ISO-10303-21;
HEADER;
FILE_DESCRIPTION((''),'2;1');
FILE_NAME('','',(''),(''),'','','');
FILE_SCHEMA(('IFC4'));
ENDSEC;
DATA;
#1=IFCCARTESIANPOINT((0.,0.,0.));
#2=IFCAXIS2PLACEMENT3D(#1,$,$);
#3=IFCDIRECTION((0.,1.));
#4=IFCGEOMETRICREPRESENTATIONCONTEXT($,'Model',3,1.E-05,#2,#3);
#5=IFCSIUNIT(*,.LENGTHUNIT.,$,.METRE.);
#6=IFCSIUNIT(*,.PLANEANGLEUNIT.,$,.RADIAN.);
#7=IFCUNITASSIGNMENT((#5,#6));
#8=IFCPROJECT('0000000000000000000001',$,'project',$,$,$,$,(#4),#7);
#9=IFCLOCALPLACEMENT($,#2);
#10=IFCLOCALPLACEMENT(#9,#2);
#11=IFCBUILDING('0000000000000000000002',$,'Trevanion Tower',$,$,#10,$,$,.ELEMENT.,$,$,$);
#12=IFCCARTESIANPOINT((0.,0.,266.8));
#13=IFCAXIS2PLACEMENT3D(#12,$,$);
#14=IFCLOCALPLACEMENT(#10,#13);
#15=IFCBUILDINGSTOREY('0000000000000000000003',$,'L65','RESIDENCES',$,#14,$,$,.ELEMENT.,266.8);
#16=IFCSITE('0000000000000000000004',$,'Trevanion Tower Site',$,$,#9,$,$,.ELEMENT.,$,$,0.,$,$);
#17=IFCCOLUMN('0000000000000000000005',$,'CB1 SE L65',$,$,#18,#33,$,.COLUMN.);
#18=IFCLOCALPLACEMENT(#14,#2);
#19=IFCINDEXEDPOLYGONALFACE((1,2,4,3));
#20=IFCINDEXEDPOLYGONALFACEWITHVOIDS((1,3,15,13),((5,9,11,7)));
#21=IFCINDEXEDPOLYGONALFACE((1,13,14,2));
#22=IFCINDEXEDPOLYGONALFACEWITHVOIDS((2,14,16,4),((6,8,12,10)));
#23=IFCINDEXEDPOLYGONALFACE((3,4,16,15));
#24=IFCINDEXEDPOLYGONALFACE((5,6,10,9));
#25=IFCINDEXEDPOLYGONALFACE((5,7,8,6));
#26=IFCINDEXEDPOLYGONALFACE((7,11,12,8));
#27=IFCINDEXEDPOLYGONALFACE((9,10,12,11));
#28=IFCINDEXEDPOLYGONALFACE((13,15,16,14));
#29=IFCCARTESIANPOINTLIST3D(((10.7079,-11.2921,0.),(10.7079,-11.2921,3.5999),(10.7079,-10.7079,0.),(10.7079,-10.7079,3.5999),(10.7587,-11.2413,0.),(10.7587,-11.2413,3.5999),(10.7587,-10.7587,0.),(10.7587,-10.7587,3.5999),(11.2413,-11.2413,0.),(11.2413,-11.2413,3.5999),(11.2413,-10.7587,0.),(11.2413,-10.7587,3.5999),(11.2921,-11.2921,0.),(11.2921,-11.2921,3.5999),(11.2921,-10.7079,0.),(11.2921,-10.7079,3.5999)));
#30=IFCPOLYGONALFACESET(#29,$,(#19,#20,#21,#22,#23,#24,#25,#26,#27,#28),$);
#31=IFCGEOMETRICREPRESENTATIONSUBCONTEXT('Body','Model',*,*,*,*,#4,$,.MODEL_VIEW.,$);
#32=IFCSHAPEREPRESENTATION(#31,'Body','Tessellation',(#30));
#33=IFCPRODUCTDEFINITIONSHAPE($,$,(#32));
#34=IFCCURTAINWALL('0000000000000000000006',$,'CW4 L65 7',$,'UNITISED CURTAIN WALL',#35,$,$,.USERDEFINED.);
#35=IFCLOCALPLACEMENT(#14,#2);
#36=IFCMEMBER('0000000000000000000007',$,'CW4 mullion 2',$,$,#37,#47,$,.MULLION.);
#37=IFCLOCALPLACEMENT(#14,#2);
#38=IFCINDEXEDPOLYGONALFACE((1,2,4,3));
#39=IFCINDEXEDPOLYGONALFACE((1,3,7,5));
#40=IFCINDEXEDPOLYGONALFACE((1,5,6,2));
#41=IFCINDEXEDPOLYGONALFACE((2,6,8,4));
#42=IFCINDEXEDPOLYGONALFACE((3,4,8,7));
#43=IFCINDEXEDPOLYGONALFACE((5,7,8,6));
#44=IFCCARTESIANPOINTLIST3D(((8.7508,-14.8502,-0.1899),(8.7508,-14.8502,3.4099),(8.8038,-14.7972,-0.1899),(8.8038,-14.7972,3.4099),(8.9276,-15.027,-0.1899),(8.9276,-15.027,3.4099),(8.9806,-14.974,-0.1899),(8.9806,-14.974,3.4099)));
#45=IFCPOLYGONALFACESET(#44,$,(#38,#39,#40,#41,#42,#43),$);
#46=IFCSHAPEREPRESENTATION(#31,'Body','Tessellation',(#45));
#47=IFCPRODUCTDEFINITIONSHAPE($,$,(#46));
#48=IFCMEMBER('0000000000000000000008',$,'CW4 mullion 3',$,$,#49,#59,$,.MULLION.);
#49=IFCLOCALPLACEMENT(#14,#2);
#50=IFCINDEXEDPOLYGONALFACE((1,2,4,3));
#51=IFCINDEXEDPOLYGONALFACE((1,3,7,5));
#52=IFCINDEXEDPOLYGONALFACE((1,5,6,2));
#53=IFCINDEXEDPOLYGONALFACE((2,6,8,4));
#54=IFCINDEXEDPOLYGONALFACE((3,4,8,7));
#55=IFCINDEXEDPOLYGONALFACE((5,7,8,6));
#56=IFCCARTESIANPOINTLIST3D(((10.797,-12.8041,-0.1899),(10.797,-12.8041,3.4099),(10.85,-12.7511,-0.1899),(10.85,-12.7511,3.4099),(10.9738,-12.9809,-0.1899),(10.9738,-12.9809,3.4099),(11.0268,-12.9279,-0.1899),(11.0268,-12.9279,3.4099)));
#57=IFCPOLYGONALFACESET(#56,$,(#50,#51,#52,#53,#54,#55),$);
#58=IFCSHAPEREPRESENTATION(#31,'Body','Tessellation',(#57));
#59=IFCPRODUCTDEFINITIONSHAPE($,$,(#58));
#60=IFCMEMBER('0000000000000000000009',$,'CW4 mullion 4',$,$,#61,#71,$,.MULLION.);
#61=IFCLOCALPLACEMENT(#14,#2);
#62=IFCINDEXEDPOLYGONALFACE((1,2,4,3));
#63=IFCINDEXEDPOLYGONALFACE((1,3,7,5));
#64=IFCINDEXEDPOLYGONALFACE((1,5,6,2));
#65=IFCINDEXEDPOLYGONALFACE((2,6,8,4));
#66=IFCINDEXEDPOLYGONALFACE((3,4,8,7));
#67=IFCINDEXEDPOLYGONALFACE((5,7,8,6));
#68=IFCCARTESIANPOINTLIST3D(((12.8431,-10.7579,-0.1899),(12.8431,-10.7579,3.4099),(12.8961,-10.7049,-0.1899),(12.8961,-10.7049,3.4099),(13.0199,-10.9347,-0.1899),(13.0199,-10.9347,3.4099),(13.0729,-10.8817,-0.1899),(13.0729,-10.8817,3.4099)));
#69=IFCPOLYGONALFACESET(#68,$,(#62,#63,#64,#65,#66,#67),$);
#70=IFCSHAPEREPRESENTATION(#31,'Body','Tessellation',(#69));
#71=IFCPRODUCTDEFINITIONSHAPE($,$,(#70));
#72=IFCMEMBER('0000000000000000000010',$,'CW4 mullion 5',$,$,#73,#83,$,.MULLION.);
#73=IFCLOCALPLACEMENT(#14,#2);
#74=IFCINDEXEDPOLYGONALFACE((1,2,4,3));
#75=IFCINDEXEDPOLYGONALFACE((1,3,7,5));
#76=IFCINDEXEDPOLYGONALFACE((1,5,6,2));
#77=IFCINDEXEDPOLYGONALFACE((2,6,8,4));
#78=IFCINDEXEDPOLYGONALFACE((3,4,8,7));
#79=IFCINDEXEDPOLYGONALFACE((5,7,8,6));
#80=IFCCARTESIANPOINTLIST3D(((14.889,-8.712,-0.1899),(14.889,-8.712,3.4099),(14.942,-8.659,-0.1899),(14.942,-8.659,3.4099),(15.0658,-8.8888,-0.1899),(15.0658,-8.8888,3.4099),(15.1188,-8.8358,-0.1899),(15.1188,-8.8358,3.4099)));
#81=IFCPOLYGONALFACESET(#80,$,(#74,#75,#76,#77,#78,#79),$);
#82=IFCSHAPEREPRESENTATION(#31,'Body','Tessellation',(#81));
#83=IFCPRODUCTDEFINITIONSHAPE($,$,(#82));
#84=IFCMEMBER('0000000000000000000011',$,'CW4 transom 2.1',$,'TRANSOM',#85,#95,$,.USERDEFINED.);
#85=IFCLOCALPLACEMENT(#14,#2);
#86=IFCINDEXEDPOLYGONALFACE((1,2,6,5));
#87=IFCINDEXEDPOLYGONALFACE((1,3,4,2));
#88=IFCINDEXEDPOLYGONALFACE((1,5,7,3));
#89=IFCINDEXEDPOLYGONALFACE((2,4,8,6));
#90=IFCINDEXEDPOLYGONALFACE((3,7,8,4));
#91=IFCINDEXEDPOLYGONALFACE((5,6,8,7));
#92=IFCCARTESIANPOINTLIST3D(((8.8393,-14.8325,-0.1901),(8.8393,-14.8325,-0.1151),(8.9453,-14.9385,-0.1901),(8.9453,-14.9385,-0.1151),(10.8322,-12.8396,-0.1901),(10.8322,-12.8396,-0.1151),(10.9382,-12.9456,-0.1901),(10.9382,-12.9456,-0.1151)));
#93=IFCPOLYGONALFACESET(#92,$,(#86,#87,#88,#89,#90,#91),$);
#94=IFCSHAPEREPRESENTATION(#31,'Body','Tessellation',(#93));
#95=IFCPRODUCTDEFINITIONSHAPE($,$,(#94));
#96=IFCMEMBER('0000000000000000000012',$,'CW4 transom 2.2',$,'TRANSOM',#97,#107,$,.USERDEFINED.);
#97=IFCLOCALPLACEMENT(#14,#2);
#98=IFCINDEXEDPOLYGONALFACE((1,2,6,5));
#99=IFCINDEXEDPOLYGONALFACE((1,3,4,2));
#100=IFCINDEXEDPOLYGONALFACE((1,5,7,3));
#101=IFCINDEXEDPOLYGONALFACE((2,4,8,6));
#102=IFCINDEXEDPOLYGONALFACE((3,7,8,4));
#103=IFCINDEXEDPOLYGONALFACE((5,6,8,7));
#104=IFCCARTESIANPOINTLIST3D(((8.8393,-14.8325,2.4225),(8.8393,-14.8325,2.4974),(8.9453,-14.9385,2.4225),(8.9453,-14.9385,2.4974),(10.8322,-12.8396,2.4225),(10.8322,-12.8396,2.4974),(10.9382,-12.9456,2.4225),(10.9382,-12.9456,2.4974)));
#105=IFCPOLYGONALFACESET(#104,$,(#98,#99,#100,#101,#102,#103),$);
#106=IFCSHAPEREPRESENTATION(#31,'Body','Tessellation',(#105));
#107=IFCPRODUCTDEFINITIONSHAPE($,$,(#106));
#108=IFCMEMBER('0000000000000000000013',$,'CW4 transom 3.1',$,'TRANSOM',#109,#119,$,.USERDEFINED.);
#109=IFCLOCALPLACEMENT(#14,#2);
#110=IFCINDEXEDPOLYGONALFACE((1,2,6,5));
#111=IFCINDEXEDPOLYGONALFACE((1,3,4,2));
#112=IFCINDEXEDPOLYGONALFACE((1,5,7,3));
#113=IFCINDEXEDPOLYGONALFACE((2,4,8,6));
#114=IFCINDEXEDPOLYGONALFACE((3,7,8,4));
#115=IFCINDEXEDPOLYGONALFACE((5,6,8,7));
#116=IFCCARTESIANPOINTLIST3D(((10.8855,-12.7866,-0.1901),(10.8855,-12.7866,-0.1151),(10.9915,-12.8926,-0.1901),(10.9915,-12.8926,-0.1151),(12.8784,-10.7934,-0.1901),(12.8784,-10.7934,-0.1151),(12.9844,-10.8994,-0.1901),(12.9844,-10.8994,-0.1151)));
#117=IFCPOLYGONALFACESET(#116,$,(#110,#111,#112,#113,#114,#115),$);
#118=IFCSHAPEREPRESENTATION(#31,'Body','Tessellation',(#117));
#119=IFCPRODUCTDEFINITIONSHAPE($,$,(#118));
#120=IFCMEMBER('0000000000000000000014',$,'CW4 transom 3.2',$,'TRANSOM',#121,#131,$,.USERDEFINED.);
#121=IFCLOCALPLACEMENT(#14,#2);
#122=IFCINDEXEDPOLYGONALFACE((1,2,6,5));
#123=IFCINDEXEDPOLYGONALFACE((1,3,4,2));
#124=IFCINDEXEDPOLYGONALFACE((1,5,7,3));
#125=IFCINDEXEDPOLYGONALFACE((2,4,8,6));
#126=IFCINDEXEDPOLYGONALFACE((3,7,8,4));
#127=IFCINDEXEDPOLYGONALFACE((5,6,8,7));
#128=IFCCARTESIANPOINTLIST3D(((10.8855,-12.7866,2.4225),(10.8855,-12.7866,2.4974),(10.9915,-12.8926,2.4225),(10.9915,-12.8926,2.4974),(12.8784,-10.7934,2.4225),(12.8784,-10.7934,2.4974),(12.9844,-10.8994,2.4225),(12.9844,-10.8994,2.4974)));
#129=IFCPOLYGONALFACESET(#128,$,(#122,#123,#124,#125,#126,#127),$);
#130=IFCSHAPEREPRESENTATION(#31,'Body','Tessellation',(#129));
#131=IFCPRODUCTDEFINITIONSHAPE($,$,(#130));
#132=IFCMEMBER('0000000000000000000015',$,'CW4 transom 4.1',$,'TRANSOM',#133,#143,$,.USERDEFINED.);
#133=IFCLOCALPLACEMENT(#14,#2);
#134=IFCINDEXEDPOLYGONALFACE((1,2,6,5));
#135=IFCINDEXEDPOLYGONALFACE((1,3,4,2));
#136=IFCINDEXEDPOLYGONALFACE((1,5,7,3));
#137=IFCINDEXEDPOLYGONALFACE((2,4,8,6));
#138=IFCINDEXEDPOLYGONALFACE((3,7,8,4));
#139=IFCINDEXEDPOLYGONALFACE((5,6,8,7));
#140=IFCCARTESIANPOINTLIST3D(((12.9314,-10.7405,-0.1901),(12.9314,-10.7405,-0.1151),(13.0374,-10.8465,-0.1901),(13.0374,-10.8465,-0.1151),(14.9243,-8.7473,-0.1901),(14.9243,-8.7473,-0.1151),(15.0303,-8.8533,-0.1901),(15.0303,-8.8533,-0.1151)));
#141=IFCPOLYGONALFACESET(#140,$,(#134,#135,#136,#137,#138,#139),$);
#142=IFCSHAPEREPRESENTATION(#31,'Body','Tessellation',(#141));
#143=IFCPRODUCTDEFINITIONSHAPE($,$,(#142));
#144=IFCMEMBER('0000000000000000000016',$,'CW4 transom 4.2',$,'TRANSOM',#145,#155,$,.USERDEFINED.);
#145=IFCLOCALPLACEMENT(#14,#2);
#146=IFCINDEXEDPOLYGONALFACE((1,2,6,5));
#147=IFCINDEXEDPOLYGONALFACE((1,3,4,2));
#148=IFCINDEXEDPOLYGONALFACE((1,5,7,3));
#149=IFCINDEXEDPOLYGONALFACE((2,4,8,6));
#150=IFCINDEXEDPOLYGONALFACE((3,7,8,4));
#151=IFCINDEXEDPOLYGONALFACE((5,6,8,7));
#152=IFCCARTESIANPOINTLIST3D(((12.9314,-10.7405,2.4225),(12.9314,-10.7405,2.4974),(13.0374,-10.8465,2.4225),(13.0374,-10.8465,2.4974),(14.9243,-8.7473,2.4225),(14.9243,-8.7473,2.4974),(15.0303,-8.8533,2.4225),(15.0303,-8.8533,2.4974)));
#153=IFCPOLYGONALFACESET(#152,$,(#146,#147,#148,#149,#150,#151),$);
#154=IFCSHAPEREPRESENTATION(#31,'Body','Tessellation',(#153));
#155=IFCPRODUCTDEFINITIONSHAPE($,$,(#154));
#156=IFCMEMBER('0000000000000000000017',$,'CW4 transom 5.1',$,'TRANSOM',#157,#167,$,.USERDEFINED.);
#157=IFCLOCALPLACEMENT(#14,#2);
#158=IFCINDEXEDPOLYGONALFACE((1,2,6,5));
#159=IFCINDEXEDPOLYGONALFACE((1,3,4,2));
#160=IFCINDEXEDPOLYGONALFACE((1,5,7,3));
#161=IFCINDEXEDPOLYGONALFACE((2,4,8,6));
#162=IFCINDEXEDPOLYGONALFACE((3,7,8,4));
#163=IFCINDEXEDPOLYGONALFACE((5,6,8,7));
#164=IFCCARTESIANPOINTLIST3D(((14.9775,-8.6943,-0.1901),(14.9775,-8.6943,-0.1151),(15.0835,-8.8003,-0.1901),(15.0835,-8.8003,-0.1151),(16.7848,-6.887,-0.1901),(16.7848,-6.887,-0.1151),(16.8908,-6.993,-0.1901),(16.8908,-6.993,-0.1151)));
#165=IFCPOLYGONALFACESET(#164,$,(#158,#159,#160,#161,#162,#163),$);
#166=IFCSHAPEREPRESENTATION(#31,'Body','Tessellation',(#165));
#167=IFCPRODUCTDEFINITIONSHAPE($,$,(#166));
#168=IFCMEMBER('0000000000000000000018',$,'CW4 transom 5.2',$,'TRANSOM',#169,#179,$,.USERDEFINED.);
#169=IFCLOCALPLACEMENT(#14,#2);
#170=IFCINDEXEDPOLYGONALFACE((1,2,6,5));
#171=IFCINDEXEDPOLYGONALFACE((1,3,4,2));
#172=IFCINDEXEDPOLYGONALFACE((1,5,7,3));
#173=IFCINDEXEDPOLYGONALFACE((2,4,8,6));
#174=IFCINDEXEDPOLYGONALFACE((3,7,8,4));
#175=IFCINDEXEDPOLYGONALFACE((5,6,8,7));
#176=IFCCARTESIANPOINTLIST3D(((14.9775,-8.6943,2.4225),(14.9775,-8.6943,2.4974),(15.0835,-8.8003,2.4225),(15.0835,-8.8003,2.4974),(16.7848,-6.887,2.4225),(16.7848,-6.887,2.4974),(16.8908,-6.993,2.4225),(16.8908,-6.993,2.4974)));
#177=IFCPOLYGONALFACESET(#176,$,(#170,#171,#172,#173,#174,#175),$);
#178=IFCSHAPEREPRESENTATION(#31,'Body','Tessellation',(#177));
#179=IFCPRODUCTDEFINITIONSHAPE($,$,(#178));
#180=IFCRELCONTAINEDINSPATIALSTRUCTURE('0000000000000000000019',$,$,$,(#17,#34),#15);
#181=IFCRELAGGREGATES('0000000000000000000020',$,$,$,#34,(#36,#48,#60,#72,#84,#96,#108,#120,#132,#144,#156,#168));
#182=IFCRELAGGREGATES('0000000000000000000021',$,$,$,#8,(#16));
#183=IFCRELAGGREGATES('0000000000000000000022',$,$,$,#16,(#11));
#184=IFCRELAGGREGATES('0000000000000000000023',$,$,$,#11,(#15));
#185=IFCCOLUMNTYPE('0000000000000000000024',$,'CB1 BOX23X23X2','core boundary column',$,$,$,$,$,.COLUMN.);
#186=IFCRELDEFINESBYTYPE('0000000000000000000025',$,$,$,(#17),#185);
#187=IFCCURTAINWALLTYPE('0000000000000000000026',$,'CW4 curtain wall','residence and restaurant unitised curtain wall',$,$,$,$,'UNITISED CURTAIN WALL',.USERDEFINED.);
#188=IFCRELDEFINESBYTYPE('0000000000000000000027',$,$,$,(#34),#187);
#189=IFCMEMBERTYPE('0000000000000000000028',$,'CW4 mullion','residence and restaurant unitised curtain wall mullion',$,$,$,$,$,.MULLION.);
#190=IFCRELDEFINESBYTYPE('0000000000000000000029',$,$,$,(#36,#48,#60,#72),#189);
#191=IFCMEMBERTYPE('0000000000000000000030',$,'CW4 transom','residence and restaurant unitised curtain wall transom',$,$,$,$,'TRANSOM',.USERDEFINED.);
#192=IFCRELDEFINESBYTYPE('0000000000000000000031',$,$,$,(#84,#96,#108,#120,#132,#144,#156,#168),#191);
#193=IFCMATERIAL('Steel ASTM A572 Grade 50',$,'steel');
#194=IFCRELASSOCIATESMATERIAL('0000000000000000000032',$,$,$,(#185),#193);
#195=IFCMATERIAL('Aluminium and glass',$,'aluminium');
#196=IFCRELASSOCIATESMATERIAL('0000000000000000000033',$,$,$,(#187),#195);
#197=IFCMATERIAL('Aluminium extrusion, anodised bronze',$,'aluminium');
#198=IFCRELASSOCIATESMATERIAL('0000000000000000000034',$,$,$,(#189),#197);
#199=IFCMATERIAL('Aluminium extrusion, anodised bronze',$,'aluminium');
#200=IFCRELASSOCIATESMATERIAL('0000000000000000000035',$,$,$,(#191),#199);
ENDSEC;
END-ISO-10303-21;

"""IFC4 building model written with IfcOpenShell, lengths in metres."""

from ifc_helpers import new_model, si_unit, direction, frame, origin, origin_2d, place, context, subcontext, project, spatial, rectangle, hollow_rectangle, extrude, material, material_profile, profile_set, type_object, element, aggregate, save


model = new_model("IFC4")

# Units and contexts
model_context = context("Model", 3, precision=1e-05, world=origin(), true_north=direction((0.0, 1.0)))
body_context = subcontext(model_context, "Body", "Model", "MODEL_VIEW")
ifc_project = project(units=[si_unit("LENGTHUNIT", "METRE"), si_unit("PLANEANGLEUNIT", "RADIAN")], contexts=[model_context])

# Site, building, storey
site_placement = place(None, origin())
site = spatial("IfcSite", under=ifc_project, at=site_placement, Name="Trevanion Tower Site", CompositionType="ELEMENT", RefElevation=0.0)
building_placement = place(site_placement, origin())
building = spatial("IfcBuilding", under=site, at=building_placement, Name="Trevanion Tower", CompositionType="ELEMENT")
storey_placement = place(building_placement, frame((0.0, 0.0, 266.8)))
storey = spatial("IfcBuildingStorey", under=building, at=storey_placement, Name="L65", Description="RESIDENCES", CompositionType="ELEMENT", Elevation=266.8)

# Column
ifc_material_1 = material(Name="Steel ASTM A572 Grade 50", Category="steel")
ifc_material_profile_1 = material_profile(ifc_material_1, hollow_rectangle(XDim=0.5842, YDim=0.5842, WallThickness=0.0508, at=origin_2d()), Name="BOX23X23X2")
ifc_profile_set_1 = profile_set([ifc_material_profile_1], Name="Steel ASTM A572 Grade 50")
column_type = type_object("IfcColumnType", Name="CB1 BOX23X23X2", Description="core boundary column", PredefinedType="COLUMN", material=ifc_profile_set_1)
column_placement = place(storey_placement, frame((11.0, -11.0, 0.0), z_axis=(0.0, 0.0, 1.0), x_axis=(1.0, 0.0, 0.0)))
element("IfcColumn", 1, at=column_placement, inside=storey, type_object=column_type, Name="CB1 SE L65", PredefinedType="COLUMN", context=body_context, shape_type="SweptSolid", body=[
    extrude(hollow_rectangle(XDim=0.5842, YDim=0.5842, WallThickness=0.0508, at=origin_2d()), origin(), (0.0, 0.0, 1.0), 3.5999),
])

# Curtain wall, members
ifc_material_2 = material(Name="Aluminium and glass", Category="aluminium")
curtain_wall_type = type_object("IfcCurtainWallType", Name="CW4 curtain wall", Description="residence and restaurant unitised curtain wall", ElementType="UNITISED CURTAIN WALL", PredefinedType="USERDEFINED", material=ifc_material_2)
curtain_wall_placement = place(storey_placement, origin())
curtain_wall = element("IfcCurtainWall", 2, at=curtain_wall_placement, inside=storey, type_object=curtain_wall_type, Name="CW4 L65 7", ObjectType="UNITISED CURTAIN WALL", PredefinedType="USERDEFINED")
ifc_material_3 = material(Name="Aluminium extrusion, anodised bronze", Category="aluminium")
ifc_material_profile_2 = material_profile(ifc_material_3, rectangle(XDim=0.075, YDim=0.25, at=origin_2d()), Name="CW4 mullion")
ifc_profile_set_2 = profile_set([ifc_material_profile_2], Name="Aluminium extrusion, anodised bronze")
member_type_1 = type_object("IfcMemberType", Name="CW4 mullion", Description="residence and restaurant unitised curtain wall mullion", PredefinedType="MULLION", material=ifc_profile_set_2)
member_1_placement = place(storey_placement, frame((8.8657, -14.9121, -0.1899), z_axis=(0.0, 0.0, 1.0), x_axis=(0.707107, 0.707107, 0.0)))
member_1 = element("IfcMember", 3, at=member_1_placement, type_object=member_type_1, Name="CW4 mullion 2", PredefinedType="MULLION", context=body_context, shape_type="SweptSolid", body=[
    extrude(rectangle(XDim=0.075, YDim=0.25, at=origin_2d()), origin(), (0.0, 0.0, 1.0), 3.5999),
])
member_2_placement = place(storey_placement, frame((10.9119, -12.866, -0.1899), z_axis=(0.0, 0.0, 1.0), x_axis=(0.707107, 0.707107, 0.0)))
member_2 = element("IfcMember", 4, at=member_2_placement, type_object=member_type_1, Name="CW4 mullion 3", PredefinedType="MULLION", context=body_context, shape_type="SweptSolid", body=[
    extrude(rectangle(XDim=0.075, YDim=0.25, at=origin_2d()), origin(), (0.0, 0.0, 1.0), 3.5999),
])
member_3_placement = place(storey_placement, frame((12.958, -10.8198, -0.1899), z_axis=(0.0, 0.0, 1.0), x_axis=(0.707107, 0.707107, 0.0)))
member_3 = element("IfcMember", 5, at=member_3_placement, type_object=member_type_1, Name="CW4 mullion 4", PredefinedType="MULLION", context=body_context, shape_type="SweptSolid", body=[
    extrude(rectangle(XDim=0.075, YDim=0.25, at=origin_2d()), origin(), (0.0, 0.0, 1.0), 3.5999),
])
member_4_placement = place(storey_placement, frame((15.0039, -8.7739, -0.1899), z_axis=(0.0, 0.0, 1.0), x_axis=(0.707107, 0.707107, 0.0)))
member_4 = element("IfcMember", 6, at=member_4_placement, type_object=member_type_1, Name="CW4 mullion 5", PredefinedType="MULLION", context=body_context, shape_type="SweptSolid", body=[
    extrude(rectangle(XDim=0.075, YDim=0.25, at=origin_2d()), origin(), (0.0, 0.0, 1.0), 3.5999),
])
ifc_material_4 = material(Name="Aluminium extrusion, anodised bronze", Category="aluminium")
ifc_material_profile_3 = material_profile(ifc_material_4, rectangle(XDim=0.1499, YDim=0.075, at=origin_2d()), Name="CW4 transom")
ifc_profile_set_3 = profile_set([ifc_material_profile_3], Name="Aluminium extrusion, anodised bronze")
member_type_2 = type_object("IfcMemberType", Name="CW4 transom", Description="residence and restaurant unitised curtain wall transom", ElementType="TRANSOM", PredefinedType="USERDEFINED", material=ifc_profile_set_3)
member_5_placement = place(storey_placement, frame((8.8923, -14.8855, -0.1526), z_axis=(0.707107, 0.707107, 0.0), x_axis=(-0.707107, 0.707107, 0.0)))
member_5 = element("IfcMember", 7, at=member_5_placement, type_object=member_type_2, Name="CW4 transom 2.1", ObjectType="TRANSOM", PredefinedType="USERDEFINED", context=body_context, shape_type="SweptSolid", body=[
    extrude(rectangle(XDim=0.1499, YDim=0.075, at=origin_2d()), origin(), (0.0, 0.0, 1.0), 2.8184),
])
member_6_placement = place(storey_placement, frame((8.8923, -14.8855, 2.46), z_axis=(0.707107, 0.707107, 0.0), x_axis=(-0.707107, 0.707107, 0.0)))
member_6 = element("IfcMember", 8, at=member_6_placement, type_object=member_type_2, Name="CW4 transom 2.2", ObjectType="TRANSOM", PredefinedType="USERDEFINED", context=body_context, shape_type="SweptSolid", body=[
    extrude(rectangle(XDim=0.1499, YDim=0.075, at=origin_2d()), origin(), (0.0, 0.0, 1.0), 2.8184),
])
member_7_placement = place(storey_placement, frame((10.9385, -12.8396, -0.1526), z_axis=(0.707063, 0.70715, 0.0), x_axis=(-0.70715, 0.707063, 0.0)))
member_7 = element("IfcMember", 9, at=member_7_placement, type_object=member_type_2, Name="CW4 transom 3.1", ObjectType="TRANSOM", PredefinedType="USERDEFINED", context=body_context, shape_type="SweptSolid", body=[
    extrude(rectangle(XDim=0.1499, YDim=0.075, at=origin_2d()), origin(), (0.0, 0.0, 1.0), 2.8186),
])
member_8_placement = place(storey_placement, frame((10.9385, -12.8396, 2.46), z_axis=(0.707063, 0.70715, 0.0), x_axis=(-0.70715, 0.707063, 0.0)))
member_8 = element("IfcMember", 10, at=member_8_placement, type_object=member_type_2, Name="CW4 transom 3.2", ObjectType="TRANSOM", PredefinedType="USERDEFINED", context=body_context, shape_type="SweptSolid", body=[
    extrude(rectangle(XDim=0.1499, YDim=0.075, at=origin_2d()), origin(), (0.0, 0.0, 1.0), 2.8186),
])
member_9_placement = place(storey_placement, frame((12.9844, -10.7935, -0.1526), z_axis=(0.707063, 0.70715, 0.0), x_axis=(-0.70715, 0.707063, 0.0)))
member_9 = element("IfcMember", 11, at=member_9_placement, type_object=member_type_2, Name="CW4 transom 4.1", ObjectType="TRANSOM", PredefinedType="USERDEFINED", context=body_context, shape_type="SweptSolid", body=[
    extrude(rectangle(XDim=0.1499, YDim=0.075, at=origin_2d()), origin(), (0.0, 0.0, 1.0), 2.8186),
])
member_10_placement = place(storey_placement, frame((12.9844, -10.7935, 2.46), z_axis=(0.707063, 0.70715, 0.0), x_axis=(-0.70715, 0.707063, 0.0)))
member_10 = element("IfcMember", 12, at=member_10_placement, type_object=member_type_2, Name="CW4 transom 4.2", ObjectType="TRANSOM", PredefinedType="USERDEFINED", context=body_context, shape_type="SweptSolid", body=[
    extrude(rectangle(XDim=0.1499, YDim=0.075, at=origin_2d()), origin(), (0.0, 0.0, 1.0), 2.8186),
])
member_11_placement = place(storey_placement, frame((15.0305, -8.7473, -0.1526), z_axis=(0.707107, 0.707107, 0.0), x_axis=(-0.707107, 0.707107, 0.0)))
member_11 = element("IfcMember", 13, at=member_11_placement, type_object=member_type_2, Name="CW4 transom 5.1", ObjectType="TRANSOM", PredefinedType="USERDEFINED", context=body_context, shape_type="SweptSolid", body=[
    extrude(rectangle(XDim=0.1499, YDim=0.075, at=origin_2d()), origin(), (0.0, 0.0, 1.0), 2.5559),
])
member_12_placement = place(storey_placement, frame((15.0305, -8.7473, 2.46), z_axis=(0.707107, 0.707107, 0.0), x_axis=(-0.707107, 0.707107, 0.0)))
member_12 = element("IfcMember", 14, at=member_12_placement, type_object=member_type_2, Name="CW4 transom 5.2", ObjectType="TRANSOM", PredefinedType="USERDEFINED", context=body_context, shape_type="SweptSolid", body=[
    extrude(rectangle(XDim=0.1499, YDim=0.075, at=origin_2d()), origin(), (0.0, 0.0, 1.0), 2.5559),
])

aggregate(curtain_wall, [member_1, member_2, member_3, member_4, member_5, member_6, member_7, member_8, member_9, member_10, member_11, member_12])

save(model, "model.ifc")
